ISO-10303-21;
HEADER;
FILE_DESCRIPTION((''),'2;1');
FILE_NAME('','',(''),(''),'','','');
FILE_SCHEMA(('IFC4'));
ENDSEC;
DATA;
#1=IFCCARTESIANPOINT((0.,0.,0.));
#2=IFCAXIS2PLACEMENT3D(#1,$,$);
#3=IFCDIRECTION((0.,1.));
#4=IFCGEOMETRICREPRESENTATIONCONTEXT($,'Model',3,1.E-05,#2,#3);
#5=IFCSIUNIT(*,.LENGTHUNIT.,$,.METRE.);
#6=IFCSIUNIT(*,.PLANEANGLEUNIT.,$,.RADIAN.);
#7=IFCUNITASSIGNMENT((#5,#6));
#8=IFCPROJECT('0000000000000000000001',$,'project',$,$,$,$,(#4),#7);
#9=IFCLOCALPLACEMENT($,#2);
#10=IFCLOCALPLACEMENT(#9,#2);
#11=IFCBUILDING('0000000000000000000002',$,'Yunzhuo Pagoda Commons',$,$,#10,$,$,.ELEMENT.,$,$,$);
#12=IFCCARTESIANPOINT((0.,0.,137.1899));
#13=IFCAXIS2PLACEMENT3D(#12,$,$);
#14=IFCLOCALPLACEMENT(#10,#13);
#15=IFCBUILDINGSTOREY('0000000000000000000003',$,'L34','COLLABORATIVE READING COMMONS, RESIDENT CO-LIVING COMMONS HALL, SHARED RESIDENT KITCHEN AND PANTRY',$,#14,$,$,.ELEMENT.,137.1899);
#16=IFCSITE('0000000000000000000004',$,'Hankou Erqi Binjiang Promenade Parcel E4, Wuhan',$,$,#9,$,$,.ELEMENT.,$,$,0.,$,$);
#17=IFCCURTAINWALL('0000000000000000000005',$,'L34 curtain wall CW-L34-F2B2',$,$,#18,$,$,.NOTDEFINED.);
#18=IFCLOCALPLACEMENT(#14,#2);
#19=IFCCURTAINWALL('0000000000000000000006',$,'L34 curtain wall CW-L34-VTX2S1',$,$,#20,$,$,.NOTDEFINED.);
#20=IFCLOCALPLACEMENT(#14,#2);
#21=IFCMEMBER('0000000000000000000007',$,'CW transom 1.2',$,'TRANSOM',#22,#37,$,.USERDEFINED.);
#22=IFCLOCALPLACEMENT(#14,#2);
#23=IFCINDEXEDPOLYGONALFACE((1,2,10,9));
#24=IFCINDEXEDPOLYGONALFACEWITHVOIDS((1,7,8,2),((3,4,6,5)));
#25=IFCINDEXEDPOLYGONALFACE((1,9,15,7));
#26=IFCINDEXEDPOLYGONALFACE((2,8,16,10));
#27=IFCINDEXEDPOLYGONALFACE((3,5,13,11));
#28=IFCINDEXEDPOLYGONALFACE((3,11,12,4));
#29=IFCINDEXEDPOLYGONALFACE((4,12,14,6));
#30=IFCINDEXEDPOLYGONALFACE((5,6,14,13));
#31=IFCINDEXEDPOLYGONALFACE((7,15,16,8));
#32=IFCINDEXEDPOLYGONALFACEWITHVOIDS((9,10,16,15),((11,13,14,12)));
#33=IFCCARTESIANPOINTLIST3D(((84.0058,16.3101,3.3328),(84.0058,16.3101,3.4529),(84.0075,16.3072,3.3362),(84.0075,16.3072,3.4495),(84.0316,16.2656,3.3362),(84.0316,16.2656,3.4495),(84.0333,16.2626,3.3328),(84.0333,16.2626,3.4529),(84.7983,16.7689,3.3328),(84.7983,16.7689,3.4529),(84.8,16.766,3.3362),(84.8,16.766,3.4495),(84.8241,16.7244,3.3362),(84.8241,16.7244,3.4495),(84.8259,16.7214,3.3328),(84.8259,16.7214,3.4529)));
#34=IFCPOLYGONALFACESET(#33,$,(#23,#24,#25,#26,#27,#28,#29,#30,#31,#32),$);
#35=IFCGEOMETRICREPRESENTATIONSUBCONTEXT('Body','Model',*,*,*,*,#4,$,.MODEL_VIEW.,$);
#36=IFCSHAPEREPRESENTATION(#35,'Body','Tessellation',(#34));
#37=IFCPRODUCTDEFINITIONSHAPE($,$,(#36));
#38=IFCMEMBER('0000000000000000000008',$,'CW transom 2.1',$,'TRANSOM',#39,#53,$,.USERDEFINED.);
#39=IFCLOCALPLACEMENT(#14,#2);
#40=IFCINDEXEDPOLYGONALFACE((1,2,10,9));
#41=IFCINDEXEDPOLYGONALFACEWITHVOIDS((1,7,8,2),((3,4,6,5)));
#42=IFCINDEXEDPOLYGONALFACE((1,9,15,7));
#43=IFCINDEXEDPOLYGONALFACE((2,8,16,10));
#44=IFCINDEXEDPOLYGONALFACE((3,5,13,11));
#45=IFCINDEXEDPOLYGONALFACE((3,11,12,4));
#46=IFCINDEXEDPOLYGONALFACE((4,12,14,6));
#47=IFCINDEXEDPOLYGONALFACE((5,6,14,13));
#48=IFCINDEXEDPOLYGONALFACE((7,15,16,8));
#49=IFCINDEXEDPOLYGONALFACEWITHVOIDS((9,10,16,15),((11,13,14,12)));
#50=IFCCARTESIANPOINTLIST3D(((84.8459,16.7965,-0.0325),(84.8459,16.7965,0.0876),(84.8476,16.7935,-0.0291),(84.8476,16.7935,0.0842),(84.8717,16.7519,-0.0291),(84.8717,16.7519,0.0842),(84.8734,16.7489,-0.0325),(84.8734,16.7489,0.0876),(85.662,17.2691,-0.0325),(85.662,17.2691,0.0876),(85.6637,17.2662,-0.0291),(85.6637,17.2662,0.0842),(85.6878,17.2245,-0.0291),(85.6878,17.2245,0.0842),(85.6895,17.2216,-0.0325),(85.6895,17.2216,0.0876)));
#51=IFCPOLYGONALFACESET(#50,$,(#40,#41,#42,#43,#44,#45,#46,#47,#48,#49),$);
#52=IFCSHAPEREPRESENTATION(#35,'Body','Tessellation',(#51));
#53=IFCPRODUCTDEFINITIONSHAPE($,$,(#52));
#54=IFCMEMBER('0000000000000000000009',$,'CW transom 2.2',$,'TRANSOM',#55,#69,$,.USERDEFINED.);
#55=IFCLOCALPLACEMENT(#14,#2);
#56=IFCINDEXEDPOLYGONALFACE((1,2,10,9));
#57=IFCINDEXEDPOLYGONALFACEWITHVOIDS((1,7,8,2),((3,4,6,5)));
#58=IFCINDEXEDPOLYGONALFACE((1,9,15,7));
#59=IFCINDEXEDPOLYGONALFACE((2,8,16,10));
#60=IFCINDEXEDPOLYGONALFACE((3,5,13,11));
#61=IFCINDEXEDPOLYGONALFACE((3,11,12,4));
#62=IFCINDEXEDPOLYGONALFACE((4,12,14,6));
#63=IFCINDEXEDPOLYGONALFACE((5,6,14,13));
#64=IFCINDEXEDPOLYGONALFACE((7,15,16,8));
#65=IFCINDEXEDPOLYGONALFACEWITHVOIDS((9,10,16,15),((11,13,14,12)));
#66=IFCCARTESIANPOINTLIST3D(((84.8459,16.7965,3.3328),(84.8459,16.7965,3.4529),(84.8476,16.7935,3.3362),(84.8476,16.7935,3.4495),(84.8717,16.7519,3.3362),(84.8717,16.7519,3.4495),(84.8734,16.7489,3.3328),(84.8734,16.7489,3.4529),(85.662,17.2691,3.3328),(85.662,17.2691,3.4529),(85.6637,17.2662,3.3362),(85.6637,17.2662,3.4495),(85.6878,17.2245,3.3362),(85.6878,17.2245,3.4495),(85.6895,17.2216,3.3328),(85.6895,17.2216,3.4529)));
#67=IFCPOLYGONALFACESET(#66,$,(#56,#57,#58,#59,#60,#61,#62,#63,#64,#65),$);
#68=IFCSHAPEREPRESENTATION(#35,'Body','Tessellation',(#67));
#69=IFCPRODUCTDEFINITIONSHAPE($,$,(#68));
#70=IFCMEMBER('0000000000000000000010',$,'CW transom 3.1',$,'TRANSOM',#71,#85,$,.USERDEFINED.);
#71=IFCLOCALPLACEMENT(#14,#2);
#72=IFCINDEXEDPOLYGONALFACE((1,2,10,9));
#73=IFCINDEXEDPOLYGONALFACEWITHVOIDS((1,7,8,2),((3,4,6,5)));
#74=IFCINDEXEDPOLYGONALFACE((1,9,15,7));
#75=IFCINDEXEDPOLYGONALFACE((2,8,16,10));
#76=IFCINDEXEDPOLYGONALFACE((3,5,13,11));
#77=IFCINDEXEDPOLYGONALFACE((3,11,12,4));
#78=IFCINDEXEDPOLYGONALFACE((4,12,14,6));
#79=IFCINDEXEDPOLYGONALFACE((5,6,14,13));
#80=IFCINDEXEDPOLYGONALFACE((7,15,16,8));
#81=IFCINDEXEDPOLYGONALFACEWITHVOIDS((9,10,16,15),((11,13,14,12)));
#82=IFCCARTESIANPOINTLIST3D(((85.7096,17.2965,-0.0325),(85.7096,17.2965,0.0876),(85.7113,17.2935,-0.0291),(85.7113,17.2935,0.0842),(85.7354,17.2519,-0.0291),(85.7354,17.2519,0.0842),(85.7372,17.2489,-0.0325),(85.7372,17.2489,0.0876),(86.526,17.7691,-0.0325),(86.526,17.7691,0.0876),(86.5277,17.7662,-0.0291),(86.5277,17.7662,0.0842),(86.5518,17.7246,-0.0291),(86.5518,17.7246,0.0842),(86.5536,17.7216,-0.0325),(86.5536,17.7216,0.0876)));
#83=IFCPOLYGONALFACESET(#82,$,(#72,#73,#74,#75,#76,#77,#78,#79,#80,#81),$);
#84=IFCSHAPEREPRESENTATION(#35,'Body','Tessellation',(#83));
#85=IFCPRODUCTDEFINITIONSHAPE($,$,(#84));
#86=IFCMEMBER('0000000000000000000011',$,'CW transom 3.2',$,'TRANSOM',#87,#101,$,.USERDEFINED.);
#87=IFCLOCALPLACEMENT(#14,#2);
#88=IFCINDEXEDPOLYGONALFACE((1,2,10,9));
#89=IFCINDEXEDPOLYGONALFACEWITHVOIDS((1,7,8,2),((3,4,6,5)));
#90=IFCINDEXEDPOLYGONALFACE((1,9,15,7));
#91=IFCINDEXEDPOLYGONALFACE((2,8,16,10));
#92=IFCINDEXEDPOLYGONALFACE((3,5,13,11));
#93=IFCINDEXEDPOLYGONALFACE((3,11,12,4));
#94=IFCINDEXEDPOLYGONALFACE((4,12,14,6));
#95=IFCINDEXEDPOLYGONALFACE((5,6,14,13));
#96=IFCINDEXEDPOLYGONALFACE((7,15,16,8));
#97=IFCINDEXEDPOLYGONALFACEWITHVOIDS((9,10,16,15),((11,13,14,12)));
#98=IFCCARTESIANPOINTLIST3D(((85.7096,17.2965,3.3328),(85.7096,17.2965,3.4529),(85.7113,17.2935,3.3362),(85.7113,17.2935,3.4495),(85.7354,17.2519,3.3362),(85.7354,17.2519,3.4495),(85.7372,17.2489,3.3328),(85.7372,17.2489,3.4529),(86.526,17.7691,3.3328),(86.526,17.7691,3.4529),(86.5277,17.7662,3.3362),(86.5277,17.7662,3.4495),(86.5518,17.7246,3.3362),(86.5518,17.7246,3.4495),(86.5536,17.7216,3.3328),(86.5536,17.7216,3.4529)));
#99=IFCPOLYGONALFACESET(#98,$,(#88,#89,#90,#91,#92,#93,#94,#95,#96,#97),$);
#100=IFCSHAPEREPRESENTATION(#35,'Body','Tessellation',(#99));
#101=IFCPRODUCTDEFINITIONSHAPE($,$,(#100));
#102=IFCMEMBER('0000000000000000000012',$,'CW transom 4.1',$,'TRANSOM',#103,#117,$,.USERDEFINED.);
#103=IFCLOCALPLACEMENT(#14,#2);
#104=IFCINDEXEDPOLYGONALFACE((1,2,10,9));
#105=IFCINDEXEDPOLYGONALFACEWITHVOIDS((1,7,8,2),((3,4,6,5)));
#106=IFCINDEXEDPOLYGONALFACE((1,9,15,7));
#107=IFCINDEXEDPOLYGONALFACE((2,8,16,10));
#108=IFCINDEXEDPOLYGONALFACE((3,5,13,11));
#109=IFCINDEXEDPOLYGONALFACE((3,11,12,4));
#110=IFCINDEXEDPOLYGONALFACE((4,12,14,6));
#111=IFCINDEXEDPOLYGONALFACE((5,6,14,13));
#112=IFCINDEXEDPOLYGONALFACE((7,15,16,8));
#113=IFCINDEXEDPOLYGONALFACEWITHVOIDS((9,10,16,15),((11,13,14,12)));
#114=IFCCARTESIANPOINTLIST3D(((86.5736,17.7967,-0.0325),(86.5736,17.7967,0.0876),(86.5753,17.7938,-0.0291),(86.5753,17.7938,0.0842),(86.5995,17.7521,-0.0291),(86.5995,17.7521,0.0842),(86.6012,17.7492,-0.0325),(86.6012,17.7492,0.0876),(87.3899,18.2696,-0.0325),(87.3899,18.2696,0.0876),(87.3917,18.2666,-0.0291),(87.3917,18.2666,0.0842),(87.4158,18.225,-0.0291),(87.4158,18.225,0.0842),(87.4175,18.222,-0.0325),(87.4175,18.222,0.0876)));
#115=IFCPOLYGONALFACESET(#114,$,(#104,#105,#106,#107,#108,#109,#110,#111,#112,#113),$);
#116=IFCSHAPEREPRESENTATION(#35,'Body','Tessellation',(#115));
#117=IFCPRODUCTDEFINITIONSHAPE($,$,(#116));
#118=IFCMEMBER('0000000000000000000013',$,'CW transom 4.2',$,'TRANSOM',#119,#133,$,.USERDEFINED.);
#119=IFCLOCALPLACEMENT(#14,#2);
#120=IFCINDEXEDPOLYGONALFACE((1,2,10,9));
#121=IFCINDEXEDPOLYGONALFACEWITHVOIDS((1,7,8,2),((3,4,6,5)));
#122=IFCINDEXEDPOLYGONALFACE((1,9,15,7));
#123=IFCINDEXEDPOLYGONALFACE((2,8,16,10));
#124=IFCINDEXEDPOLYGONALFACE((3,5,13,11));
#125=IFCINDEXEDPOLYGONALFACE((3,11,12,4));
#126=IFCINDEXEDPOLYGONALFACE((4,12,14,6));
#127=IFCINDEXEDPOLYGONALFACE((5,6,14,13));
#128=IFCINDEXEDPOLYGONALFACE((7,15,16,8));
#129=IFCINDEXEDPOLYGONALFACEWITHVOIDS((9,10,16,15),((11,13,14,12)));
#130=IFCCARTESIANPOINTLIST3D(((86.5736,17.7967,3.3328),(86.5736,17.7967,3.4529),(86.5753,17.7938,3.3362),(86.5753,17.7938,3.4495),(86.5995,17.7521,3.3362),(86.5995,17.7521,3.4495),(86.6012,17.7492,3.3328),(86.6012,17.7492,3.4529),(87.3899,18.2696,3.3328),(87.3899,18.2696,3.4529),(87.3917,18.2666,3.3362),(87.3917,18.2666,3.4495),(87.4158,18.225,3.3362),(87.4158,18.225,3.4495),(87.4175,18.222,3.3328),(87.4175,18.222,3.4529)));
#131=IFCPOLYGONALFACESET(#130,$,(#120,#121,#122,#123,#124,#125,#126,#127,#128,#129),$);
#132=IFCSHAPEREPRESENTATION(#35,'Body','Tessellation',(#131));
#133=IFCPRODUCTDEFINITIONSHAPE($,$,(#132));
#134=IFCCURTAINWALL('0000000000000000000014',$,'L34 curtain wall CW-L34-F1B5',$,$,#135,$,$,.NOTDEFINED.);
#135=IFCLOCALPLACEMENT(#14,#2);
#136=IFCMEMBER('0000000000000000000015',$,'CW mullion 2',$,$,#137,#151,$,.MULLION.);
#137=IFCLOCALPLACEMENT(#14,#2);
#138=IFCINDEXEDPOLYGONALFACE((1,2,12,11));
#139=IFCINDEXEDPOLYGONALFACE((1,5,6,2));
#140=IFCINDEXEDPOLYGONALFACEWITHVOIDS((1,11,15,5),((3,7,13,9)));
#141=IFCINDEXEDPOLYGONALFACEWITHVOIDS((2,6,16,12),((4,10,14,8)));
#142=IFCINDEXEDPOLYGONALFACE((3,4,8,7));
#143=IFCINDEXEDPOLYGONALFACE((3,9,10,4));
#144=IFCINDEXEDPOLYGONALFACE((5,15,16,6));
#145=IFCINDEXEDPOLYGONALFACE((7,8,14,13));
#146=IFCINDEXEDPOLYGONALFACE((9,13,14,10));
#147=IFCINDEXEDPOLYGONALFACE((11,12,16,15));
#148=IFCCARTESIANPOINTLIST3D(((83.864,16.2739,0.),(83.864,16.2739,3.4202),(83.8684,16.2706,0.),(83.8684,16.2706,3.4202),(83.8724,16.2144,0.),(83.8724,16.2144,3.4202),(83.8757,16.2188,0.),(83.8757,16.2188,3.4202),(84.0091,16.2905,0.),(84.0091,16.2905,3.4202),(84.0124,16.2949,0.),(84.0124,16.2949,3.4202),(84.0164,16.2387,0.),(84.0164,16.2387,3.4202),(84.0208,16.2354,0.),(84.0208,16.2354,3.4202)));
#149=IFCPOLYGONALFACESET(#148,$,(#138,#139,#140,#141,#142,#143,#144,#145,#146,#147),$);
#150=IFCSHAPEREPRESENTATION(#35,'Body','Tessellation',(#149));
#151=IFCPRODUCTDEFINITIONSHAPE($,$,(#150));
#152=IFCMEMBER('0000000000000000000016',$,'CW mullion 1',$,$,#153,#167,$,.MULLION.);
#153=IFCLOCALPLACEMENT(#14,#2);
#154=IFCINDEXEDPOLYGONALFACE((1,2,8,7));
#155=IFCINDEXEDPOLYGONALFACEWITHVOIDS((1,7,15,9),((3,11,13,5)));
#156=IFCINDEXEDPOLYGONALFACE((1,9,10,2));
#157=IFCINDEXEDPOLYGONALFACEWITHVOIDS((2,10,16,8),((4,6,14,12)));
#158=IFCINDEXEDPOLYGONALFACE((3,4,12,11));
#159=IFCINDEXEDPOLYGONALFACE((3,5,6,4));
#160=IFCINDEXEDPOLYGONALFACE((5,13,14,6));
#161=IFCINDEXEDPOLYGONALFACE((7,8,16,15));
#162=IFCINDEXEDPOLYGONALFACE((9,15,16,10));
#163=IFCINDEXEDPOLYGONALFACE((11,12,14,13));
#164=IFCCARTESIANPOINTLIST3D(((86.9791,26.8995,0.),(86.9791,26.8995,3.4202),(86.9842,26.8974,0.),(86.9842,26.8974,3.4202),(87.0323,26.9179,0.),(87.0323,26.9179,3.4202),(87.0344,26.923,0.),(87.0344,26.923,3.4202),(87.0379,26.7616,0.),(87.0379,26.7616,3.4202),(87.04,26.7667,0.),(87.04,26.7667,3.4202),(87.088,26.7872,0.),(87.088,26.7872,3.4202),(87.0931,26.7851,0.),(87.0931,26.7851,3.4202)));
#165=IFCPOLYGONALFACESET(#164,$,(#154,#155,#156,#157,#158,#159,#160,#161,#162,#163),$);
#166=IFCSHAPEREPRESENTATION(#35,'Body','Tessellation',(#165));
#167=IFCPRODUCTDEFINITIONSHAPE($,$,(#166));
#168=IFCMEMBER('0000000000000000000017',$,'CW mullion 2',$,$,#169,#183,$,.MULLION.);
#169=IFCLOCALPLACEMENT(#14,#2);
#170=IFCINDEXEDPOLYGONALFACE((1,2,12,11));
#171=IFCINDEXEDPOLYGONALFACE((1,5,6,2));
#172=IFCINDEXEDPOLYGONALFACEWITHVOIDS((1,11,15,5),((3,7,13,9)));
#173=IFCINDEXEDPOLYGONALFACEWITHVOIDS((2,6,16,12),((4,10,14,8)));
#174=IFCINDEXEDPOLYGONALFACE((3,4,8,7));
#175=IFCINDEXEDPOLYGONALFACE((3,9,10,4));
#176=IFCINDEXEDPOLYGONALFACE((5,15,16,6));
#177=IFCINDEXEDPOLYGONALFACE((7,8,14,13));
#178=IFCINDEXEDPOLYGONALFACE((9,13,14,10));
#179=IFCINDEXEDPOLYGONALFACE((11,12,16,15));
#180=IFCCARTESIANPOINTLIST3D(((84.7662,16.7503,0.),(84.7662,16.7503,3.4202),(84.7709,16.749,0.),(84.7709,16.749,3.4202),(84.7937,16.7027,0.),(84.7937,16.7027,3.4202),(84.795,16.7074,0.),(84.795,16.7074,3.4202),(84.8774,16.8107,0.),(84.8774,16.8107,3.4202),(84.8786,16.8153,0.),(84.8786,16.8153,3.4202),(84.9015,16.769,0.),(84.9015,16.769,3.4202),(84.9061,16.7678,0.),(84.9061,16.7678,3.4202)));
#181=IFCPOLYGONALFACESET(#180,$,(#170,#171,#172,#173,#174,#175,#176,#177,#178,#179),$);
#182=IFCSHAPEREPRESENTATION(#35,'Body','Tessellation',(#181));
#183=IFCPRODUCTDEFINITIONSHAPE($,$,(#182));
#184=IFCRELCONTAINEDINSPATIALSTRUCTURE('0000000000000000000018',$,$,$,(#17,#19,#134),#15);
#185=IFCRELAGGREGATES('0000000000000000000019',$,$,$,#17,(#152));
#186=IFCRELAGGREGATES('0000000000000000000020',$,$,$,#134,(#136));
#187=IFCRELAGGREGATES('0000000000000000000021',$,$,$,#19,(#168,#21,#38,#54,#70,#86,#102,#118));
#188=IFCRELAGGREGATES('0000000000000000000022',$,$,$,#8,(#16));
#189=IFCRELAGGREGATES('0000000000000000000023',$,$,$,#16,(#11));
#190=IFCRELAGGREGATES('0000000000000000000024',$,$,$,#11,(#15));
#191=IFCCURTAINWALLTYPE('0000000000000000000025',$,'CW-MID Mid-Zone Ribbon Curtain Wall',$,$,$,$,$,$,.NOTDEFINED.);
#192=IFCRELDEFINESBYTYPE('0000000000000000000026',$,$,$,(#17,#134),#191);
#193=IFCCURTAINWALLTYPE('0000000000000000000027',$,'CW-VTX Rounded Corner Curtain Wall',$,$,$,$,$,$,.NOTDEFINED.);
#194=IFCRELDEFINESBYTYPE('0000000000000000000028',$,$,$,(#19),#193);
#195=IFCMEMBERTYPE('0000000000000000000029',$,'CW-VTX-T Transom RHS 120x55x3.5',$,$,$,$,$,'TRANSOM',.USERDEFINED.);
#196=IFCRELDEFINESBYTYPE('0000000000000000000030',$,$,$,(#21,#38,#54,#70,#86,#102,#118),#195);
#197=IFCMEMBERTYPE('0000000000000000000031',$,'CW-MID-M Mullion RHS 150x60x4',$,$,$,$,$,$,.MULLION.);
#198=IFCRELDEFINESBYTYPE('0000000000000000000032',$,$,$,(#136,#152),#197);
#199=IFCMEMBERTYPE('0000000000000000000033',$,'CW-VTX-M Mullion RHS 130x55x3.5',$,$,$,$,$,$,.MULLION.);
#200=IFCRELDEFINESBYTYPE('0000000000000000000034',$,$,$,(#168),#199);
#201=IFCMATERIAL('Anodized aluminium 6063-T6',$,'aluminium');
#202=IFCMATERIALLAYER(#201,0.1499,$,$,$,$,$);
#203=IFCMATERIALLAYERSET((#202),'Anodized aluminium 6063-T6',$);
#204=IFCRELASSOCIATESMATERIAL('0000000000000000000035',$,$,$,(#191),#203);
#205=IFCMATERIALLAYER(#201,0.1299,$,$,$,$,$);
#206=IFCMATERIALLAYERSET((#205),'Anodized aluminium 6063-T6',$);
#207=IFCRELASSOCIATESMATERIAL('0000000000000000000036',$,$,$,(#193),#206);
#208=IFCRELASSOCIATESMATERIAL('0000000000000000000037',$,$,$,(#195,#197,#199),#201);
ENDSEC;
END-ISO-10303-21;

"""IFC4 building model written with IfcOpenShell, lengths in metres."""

from ifc_helpers import new_model, si_unit, direction, frame, origin, origin_2d, place, context, subcontext, project, spatial, hollow_rectangle, extrude, source, transform, mapped, material, layer, layer_set, material_profile, profile_set, type_object, element, aggregate, save


model = new_model("IFC4")

# Units and contexts
model_context = context("Model", 3, precision=1e-05, world=origin(), true_north=direction((0.0, 1.0)))
body_context = subcontext(model_context, "Body", "Model", "MODEL_VIEW")
ifc_project = project(units=[si_unit("LENGTHUNIT", "METRE"), si_unit("PLANEANGLEUNIT", "RADIAN")], contexts=[model_context])

# Site, building, storey
site_placement = place(None, origin())
site = spatial("IfcSite", under=ifc_project, at=site_placement, Name="Hankou Erqi Binjiang Promenade Parcel E4, Wuhan", CompositionType="ELEMENT", RefElevation=0.0)
building_placement = place(site_placement, origin())
building = spatial("IfcBuilding", under=site, at=building_placement, Name="Yunzhuo Pagoda Commons", CompositionType="ELEMENT")
storey_placement = place(building_placement, frame((0.0, 0.0, 137.1899)))
storey = spatial("IfcBuildingStorey", under=building, at=storey_placement, Name="L34", Description="COLLABORATIVE READING COMMONS, RESIDENT CO-LIVING COMMONS HALL, SHARED RESIDENT KITCHEN AND PANTRY", CompositionType="ELEMENT", Elevation=137.1899)

# Curtain walls, members
ifc_material_1 = material(Name="Anodized aluminium 6063-T6", Category="aluminium")
ifc_layer_1 = layer(ifc_material_1, 0.1499)
ifc_layer_set_1 = layer_set([ifc_layer_1], Name="Anodized aluminium 6063-T6")
curtain_wall_type_1 = type_object("IfcCurtainWallType", Name="CW-MID Mid-Zone Ribbon Curtain Wall", PredefinedType="NOTDEFINED", material=ifc_layer_set_1)
curtain_wall_1_placement = place(storey_placement, origin())
curtain_wall_1 = element("IfcCurtainWall", 1, at=curtain_wall_1_placement, inside=storey, type_object=curtain_wall_type_1, Name="L34 curtain wall CW-L34-F2B2", PredefinedType="NOTDEFINED")
ifc_layer_2 = layer(ifc_material_1, 0.1299)
ifc_layer_set_2 = layer_set([ifc_layer_2], Name="Anodized aluminium 6063-T6")
curtain_wall_type_2 = type_object("IfcCurtainWallType", Name="CW-VTX Rounded Corner Curtain Wall", PredefinedType="NOTDEFINED", material=ifc_layer_set_2)
curtain_wall_2_placement = place(storey_placement, origin())
curtain_wall_2 = element("IfcCurtainWall", 2, at=curtain_wall_2_placement, inside=storey, type_object=curtain_wall_type_2, Name="L34 curtain wall CW-L34-VTX2S1", PredefinedType="NOTDEFINED")
ifc_material_profile_1 = material_profile(ifc_material_1, hollow_rectangle(XDim=0.0549, YDim=0.1201, WallThickness=0.0034, at=origin_2d()), Name="Anodized aluminium 6063-T6")
ifc_profile_set_1 = profile_set([ifc_material_profile_1], Name="Anodized aluminium 6063-T6")
member_type_1 = type_object("IfcMemberType", Name="CW-VTX-T Transom RHS 120x55x3.5", ElementType="TRANSOM", PredefinedType="USERDEFINED", material=ifc_profile_set_1)
shared_shape_1 = source(origin(), body_context, "Body", "SweptSolid", [
    extrude(hollow_rectangle(XDim=0.0549, YDim=0.1201, WallThickness=0.0034, at=origin_2d()), origin(), (0.0, 0.0, 1.0), 0.9158),
])
member_1_placement = place(storey_placement, frame((84.0195, 16.2864, 3.3928), z_axis=(0.865457, 0.500984, 0.0), x_axis=(-0.500984, 0.865457, 0.0)))
member_1 = element("IfcMember", 3, at=member_1_placement, type_object=member_type_1, Name="CW transom 1.2", ObjectType="TRANSOM", PredefinedType="USERDEFINED", context=body_context, shape_type="MappedRepresentation", body=[
    mapped(shared_shape_1, transform((0.0, 0.0, 0.0), scale=1.0)),
])
shared_shape_2 = source(origin(), body_context, "Body", "SweptSolid", [
    extrude(hollow_rectangle(XDim=0.0549, YDim=0.1201, WallThickness=0.0034, at=origin_2d()), origin(), (0.0, 0.0, 1.0), 0.9431),
])
member_2_placement = place(storey_placement, frame((84.8596, 16.7727, 0.0276), z_axis=(0.865361, 0.501149, 0.0), x_axis=(-0.501149, 0.865361, 0.0)))
member_2 = element("IfcMember", 4, at=member_2_placement, type_object=member_type_1, Name="CW transom 2.1", ObjectType="TRANSOM", PredefinedType="USERDEFINED", context=body_context, shape_type="MappedRepresentation", body=[
    mapped(shared_shape_2, transform((0.0, 0.0, 0.0), scale=1.0)),
])
member_3_placement = place(storey_placement, frame((84.8596, 16.7727, 3.3928), z_axis=(0.865361, 0.501149, 0.0), x_axis=(-0.501149, 0.865361, 0.0)))
member_3 = element("IfcMember", 5, at=member_3_placement, type_object=member_type_1, Name="CW transom 2.2", ObjectType="TRANSOM", PredefinedType="USERDEFINED", context=body_context, shape_type="MappedRepresentation", body=[
    mapped(shared_shape_2, transform((0.0, 0.0, 0.0), scale=1.0)),
])
shared_shape_3 = source(origin(), body_context, "Body", "SweptSolid", [
    extrude(hollow_rectangle(XDim=0.0549, YDim=0.1201, WallThickness=0.0034, at=origin_2d()), origin(), (0.0, 0.0, 1.0), 0.9434),
])
member_4_placement = place(storey_placement, frame((85.7234, 17.2727, 0.0276), z_axis=(0.865426, 0.501036, 0.0), x_axis=(-0.501036, 0.865426, 0.0)))
member_4 = element("IfcMember", 6, at=member_4_placement, type_object=member_type_1, Name="CW transom 3.1", ObjectType="TRANSOM", PredefinedType="USERDEFINED", context=body_context, shape_type="MappedRepresentation", body=[
    mapped(shared_shape_3, transform((0.0, 0.0, 0.0), scale=1.0)),
])
member_5_placement = place(storey_placement, frame((85.7234, 17.2727, 3.3928), z_axis=(0.865426, 0.501036, 0.0), x_axis=(-0.501036, 0.865426, 0.0)))
member_5 = element("IfcMember", 7, at=member_5_placement, type_object=member_type_1, Name="CW transom 3.2", ObjectType="TRANSOM", PredefinedType="USERDEFINED", context=body_context, shape_type="MappedRepresentation", body=[
    mapped(shared_shape_3, transform((0.0, 0.0, 0.0), scale=1.0)),
])
member_6_placement = place(storey_placement, frame((86.5874, 17.7729, 0.0276), z_axis=(0.865314, 0.50123, 0.0), x_axis=(-0.50123, 0.865314, 0.0)))
member_6 = element("IfcMember", 8, at=member_6_placement, type_object=member_type_1, Name="CW transom 4.1", ObjectType="TRANSOM", PredefinedType="USERDEFINED", context=body_context, shape_type="MappedRepresentation", body=[
    mapped(shared_shape_3, transform((0.0, 0.0, 0.0), scale=1.0)),
])
member_7_placement = place(storey_placement, frame((86.5874, 17.7729, 3.3928), z_axis=(0.865314, 0.50123, 0.0), x_axis=(-0.50123, 0.865314, 0.0)))
member_7 = element("IfcMember", 9, at=member_7_placement, type_object=member_type_1, Name="CW transom 4.2", ObjectType="TRANSOM", PredefinedType="USERDEFINED", context=body_context, shape_type="MappedRepresentation", body=[
    mapped(shared_shape_3, transform((0.0, 0.0, 0.0), scale=1.0)),
])

# Curtain wall, member
curtain_wall_3_placement = place(storey_placement, origin())
curtain_wall_3 = element("IfcCurtainWall", 10, at=curtain_wall_3_placement, inside=storey, type_object=curtain_wall_type_1, Name="L34 curtain wall CW-L34-F1B5", PredefinedType="NOTDEFINED")
ifc_material_profile_2 = material_profile(ifc_material_1, hollow_rectangle(XDim=0.0601, YDim=0.1499, WallThickness=0.0039, at=origin_2d()), Name="Anodized aluminium 6063-T6")
ifc_profile_set_2 = profile_set([ifc_material_profile_2], Name="Anodized aluminium 6063-T6")
member_type_2 = type_object("IfcMemberType", Name="CW-MID-M Mullion RHS 150x60x4", PredefinedType="MULLION", material=ifc_profile_set_2)
shared_shape_4 = source(origin(), body_context, "Body", "SweptSolid", [
    extrude(hollow_rectangle(XDim=0.0601, YDim=0.1499, WallThickness=0.0039, at=origin_2d()), origin(), (0.0, 0.0, 1.0), 3.4202),
])
member_8_placement = place(storey_placement, frame((83.9424, 16.2546, 0.0), z_axis=(0.0, 0.0, 1.0), x_axis=(-0.140027, 0.990148, 0.0)))
member_8 = element("IfcMember", 11, at=member_8_placement, type_object=member_type_2, Name="CW mullion 2", PredefinedType="MULLION", context=body_context, shape_type="MappedRepresentation", body=[
    mapped(shared_shape_4, transform((0.0, 0.0, 0.0), scale=1.0)),
])

# Members
member_9_placement = place(storey_placement, frame((87.0361, 26.8423, 0.0), z_axis=(0.0, 0.0, 1.0), x_axis=(-0.919928, -0.392087, 0.0)))
member_9 = element("IfcMember", 12, at=member_9_placement, type_object=member_type_2, Name="CW mullion 1", PredefinedType="MULLION", context=body_context, shape_type="MappedRepresentation", body=[
    mapped(shared_shape_4, transform((0.0, 0.0, 0.0), scale=1.0)),
])
aggregate(curtain_wall_1, [member_9])
ifc_material_profile_3 = material_profile(ifc_material_1, hollow_rectangle(XDim=0.0549, YDim=0.1299, WallThickness=0.0034, at=origin_2d()), Name="Anodized aluminium 6063-T6")
ifc_profile_set_3 = profile_set([ifc_material_profile_3], Name="Anodized aluminium 6063-T6")
member_type_3 = type_object("IfcMemberType", Name="CW-VTX-M Mullion RHS 130x55x3.5", PredefinedType="MULLION", material=ifc_profile_set_3)
shared_shape_5 = source(origin(), body_context, "Body", "SweptSolid", [
    extrude(hollow_rectangle(XDim=0.0549, YDim=0.1299, WallThickness=0.0034, at=origin_2d()), origin(), (0.0, 0.0, 1.0), 3.4202),
])
member_10_placement = place(storey_placement, frame((84.8362, 16.759, 0.0), z_axis=(0.0, 0.0, 1.0), x_axis=(-0.501038, 0.865425, 0.0)))
member_10 = element("IfcMember", 13, at=member_10_placement, type_object=member_type_3, Name="CW mullion 2", PredefinedType="MULLION", context=body_context, shape_type="MappedRepresentation", body=[
    mapped(shared_shape_5, transform((0.0, 0.0, 0.0), scale=1.0)),
])

aggregate(curtain_wall_3, [member_8])
aggregate(curtain_wall_2, [member_10, member_1, member_2, member_3, member_4, member_5, member_6, member_7])

save(model, "model.ifc")
